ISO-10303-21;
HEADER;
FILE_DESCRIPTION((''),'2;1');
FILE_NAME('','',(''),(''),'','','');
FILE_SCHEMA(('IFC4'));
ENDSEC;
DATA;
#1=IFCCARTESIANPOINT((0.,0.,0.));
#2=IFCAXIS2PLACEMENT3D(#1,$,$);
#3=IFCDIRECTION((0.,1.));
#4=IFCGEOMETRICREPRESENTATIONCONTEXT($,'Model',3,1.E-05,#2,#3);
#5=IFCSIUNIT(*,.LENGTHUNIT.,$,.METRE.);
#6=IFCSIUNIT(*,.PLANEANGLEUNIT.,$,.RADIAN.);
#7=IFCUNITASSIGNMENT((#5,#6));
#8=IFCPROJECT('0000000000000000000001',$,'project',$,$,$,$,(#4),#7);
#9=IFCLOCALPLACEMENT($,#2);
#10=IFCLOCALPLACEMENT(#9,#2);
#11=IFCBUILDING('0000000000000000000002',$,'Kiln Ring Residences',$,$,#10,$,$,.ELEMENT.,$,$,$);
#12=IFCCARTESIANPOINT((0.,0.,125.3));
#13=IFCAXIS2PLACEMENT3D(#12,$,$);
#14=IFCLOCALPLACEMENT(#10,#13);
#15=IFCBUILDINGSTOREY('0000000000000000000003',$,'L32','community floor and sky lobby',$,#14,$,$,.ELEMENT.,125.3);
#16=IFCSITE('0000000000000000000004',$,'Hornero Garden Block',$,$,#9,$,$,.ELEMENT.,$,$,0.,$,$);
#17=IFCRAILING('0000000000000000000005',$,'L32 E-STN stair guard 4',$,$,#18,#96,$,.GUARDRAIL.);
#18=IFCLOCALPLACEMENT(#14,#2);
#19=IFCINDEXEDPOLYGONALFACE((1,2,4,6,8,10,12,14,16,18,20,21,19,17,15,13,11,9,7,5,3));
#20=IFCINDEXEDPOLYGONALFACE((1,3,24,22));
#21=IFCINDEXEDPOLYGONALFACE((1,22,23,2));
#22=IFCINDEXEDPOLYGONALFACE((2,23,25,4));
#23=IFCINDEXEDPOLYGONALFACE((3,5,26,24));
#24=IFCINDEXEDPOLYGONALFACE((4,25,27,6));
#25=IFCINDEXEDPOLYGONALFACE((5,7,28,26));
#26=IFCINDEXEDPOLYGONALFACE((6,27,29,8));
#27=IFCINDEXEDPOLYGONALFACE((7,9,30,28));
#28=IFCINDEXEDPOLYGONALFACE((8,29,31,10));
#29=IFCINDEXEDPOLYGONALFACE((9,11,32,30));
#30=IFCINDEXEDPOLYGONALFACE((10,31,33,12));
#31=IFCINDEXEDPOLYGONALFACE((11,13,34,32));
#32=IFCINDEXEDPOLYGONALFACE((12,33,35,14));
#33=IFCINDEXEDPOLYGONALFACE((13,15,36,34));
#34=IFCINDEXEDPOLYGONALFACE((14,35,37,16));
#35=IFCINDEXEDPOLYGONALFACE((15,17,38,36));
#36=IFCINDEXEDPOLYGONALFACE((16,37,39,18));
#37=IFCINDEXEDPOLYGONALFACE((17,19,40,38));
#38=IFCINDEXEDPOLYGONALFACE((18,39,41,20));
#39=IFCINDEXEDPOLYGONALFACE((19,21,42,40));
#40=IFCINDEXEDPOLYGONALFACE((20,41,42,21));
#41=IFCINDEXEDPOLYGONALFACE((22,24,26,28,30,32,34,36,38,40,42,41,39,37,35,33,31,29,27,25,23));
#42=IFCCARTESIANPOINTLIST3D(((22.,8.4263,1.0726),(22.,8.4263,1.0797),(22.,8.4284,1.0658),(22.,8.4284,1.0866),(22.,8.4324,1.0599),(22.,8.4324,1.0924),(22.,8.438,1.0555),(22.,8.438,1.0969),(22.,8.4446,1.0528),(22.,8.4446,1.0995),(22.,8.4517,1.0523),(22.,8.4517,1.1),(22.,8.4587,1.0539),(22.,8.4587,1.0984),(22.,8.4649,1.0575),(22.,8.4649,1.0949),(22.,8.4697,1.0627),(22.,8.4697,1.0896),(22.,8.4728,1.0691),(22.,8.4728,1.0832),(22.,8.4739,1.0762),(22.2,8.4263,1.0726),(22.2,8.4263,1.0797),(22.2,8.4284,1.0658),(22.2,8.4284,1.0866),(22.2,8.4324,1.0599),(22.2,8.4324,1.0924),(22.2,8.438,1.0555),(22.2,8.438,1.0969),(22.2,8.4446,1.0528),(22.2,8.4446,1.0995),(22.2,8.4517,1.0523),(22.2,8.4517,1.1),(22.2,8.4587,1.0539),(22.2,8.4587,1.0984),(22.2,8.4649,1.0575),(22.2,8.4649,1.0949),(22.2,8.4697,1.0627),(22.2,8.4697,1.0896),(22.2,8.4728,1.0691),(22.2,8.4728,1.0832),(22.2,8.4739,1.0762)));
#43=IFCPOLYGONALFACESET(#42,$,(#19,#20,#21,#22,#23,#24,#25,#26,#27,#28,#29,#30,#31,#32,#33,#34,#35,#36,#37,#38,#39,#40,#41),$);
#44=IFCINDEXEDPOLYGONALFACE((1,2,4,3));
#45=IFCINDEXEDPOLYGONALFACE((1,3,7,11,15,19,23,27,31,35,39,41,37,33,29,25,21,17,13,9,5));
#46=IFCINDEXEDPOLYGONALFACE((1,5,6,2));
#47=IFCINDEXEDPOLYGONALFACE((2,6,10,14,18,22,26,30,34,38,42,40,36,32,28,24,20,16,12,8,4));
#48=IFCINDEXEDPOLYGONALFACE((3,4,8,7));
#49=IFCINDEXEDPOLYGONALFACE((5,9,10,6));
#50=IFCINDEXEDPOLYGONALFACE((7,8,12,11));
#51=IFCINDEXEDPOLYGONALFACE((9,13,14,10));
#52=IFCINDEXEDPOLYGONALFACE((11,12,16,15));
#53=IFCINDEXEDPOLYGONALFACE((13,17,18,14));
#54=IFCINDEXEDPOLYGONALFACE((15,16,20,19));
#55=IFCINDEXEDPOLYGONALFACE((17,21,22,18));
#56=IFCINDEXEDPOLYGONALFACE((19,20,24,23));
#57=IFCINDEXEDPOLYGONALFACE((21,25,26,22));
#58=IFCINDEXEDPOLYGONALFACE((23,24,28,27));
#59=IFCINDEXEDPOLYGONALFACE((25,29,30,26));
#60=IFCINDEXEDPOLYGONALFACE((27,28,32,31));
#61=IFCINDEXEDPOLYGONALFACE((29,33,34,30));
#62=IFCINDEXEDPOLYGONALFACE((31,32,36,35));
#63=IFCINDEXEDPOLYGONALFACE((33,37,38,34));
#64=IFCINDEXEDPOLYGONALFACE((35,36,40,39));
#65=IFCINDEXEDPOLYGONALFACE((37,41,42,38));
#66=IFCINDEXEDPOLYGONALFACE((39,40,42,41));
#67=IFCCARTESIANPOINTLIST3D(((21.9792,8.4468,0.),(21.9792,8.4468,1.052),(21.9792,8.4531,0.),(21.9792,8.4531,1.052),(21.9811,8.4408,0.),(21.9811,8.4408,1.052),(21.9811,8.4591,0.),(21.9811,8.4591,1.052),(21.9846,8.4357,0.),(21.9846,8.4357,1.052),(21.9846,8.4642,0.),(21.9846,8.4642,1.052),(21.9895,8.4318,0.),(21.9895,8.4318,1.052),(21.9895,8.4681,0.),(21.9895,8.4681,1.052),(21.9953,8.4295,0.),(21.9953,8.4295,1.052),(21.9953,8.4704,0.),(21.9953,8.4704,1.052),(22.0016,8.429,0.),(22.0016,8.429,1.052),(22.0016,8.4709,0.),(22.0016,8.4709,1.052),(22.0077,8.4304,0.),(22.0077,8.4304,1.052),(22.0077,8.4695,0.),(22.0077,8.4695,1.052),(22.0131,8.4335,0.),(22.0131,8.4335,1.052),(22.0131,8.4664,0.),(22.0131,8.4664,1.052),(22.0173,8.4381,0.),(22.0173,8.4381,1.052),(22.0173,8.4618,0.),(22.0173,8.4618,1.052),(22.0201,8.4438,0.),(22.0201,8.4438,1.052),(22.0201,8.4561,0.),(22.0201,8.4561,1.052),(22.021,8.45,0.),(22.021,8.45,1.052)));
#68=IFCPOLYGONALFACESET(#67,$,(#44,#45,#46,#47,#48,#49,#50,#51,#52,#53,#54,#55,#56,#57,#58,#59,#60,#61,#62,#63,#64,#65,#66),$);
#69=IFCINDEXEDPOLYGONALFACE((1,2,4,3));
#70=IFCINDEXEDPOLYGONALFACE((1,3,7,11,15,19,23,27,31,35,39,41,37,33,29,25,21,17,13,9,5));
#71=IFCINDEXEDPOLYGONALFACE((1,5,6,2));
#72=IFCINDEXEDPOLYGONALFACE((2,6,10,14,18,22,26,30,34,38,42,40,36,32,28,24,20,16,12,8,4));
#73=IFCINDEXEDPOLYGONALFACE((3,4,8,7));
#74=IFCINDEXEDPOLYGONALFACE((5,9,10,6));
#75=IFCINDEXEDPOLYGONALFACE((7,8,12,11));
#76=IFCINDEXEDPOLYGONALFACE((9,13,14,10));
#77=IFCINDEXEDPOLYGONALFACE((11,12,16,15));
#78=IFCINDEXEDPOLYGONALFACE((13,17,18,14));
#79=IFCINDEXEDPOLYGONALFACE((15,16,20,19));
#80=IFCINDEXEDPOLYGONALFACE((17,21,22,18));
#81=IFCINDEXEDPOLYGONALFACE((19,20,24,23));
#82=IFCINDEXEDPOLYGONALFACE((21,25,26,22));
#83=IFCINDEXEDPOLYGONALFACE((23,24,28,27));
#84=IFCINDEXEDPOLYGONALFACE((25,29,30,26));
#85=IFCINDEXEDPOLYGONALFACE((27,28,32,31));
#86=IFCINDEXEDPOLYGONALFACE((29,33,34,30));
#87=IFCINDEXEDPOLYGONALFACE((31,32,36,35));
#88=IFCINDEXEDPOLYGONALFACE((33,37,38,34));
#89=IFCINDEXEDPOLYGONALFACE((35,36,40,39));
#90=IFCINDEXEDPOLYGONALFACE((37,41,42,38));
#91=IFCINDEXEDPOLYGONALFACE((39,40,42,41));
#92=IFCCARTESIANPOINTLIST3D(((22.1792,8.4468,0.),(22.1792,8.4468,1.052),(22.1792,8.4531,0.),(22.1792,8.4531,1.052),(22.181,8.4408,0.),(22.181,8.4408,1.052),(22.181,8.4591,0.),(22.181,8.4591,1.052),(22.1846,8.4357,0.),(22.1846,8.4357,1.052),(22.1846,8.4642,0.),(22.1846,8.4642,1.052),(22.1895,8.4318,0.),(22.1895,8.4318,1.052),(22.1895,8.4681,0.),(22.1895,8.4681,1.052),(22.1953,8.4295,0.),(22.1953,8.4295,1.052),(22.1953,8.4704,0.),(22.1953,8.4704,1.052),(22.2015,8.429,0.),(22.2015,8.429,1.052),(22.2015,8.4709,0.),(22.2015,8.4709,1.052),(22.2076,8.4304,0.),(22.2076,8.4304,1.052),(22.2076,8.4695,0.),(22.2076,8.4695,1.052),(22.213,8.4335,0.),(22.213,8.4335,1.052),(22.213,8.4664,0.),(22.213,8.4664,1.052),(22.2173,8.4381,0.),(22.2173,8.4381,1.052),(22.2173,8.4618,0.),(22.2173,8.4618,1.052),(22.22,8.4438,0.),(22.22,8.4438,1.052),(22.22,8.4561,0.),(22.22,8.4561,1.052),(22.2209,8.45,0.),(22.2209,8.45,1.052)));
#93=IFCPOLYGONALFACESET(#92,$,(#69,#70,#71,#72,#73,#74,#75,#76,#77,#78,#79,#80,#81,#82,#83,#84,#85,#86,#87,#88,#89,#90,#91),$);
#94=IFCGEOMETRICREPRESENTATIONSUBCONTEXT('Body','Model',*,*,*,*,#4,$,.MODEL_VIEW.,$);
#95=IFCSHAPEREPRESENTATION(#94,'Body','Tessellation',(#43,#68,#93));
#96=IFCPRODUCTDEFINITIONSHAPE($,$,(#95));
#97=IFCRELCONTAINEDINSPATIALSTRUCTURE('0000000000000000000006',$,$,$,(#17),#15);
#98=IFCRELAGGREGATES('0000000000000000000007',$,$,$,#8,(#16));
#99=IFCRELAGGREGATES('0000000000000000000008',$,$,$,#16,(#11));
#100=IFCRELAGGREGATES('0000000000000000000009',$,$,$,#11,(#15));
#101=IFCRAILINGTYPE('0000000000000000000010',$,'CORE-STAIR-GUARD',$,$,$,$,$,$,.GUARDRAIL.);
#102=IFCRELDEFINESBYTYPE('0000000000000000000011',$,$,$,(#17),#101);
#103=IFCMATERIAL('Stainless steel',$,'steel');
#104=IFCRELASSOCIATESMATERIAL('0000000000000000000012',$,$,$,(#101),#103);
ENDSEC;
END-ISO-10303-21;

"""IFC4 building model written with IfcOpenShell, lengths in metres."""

from ifc_helpers import new_model, si_unit, direction, frame, origin, origin_2d, place, context, subcontext, project, spatial, circle, extrude, material, type_object, element, save


model = new_model("IFC4")

# Units and contexts
model_context = context("Model", 3, precision=1e-05, world=origin(), true_north=direction((0.0, 1.0)))
body_context = subcontext(model_context, "Body", "Model", "MODEL_VIEW")
ifc_project = project(units=[si_unit("LENGTHUNIT", "METRE"), si_unit("PLANEANGLEUNIT", "RADIAN")], contexts=[model_context])

# Site, building, storey
site_placement = place(None, origin())
site = spatial("IfcSite", under=ifc_project, at=site_placement, Name="Hornero Garden Block", CompositionType="ELEMENT", RefElevation=0.0)
building_placement = place(site_placement, origin())
building = spatial("IfcBuilding", under=site, at=building_placement, Name="Kiln Ring Residences", CompositionType="ELEMENT")
storey_placement = place(building_placement, frame((0.0, 0.0, 125.3)))
storey = spatial("IfcBuildingStorey", under=building, at=storey_placement, Name="L32", Description="community floor and sky lobby", CompositionType="ELEMENT", Elevation=125.3)

# Railing
ifc_material_1 = material(Name="Stainless steel", Category="steel")
railing_type_1 = type_object("IfcRailingType", Name="CORE-STAIR-GUARD", PredefinedType="GUARDRAIL", material=ifc_material_1)
railing_1_placement = place(storey_placement, frame((22.0, 8.45, 0.0)))
element("IfcRailing", 1, at=railing_1_placement, inside=storey, type_object=railing_type_1, Name="L32 E-STN stair guard 4", PredefinedType="GUARDRAIL", context=body_context, shape_type="SweptSolid", body=[
    extrude(circle(Radius=0.0239, at=origin_2d()), frame((0.0, 0.0, 1.0762), z_axis=(1.0, 0.0, 0.0), x_axis=(0.0, 1.0, 0.0)), (0.0, 0.0, 1.0), 0.2),
    extrude(circle(Radius=0.021, at=origin_2d()), origin(), (0.0, 0.0, 1.0), 1.052),
    extrude(circle(Radius=0.021, at=origin_2d()), frame((0.2, 0.0, 0.0)), (0.0, 0.0, 1.0), 1.052),
])

save(model, "model.ifc")
